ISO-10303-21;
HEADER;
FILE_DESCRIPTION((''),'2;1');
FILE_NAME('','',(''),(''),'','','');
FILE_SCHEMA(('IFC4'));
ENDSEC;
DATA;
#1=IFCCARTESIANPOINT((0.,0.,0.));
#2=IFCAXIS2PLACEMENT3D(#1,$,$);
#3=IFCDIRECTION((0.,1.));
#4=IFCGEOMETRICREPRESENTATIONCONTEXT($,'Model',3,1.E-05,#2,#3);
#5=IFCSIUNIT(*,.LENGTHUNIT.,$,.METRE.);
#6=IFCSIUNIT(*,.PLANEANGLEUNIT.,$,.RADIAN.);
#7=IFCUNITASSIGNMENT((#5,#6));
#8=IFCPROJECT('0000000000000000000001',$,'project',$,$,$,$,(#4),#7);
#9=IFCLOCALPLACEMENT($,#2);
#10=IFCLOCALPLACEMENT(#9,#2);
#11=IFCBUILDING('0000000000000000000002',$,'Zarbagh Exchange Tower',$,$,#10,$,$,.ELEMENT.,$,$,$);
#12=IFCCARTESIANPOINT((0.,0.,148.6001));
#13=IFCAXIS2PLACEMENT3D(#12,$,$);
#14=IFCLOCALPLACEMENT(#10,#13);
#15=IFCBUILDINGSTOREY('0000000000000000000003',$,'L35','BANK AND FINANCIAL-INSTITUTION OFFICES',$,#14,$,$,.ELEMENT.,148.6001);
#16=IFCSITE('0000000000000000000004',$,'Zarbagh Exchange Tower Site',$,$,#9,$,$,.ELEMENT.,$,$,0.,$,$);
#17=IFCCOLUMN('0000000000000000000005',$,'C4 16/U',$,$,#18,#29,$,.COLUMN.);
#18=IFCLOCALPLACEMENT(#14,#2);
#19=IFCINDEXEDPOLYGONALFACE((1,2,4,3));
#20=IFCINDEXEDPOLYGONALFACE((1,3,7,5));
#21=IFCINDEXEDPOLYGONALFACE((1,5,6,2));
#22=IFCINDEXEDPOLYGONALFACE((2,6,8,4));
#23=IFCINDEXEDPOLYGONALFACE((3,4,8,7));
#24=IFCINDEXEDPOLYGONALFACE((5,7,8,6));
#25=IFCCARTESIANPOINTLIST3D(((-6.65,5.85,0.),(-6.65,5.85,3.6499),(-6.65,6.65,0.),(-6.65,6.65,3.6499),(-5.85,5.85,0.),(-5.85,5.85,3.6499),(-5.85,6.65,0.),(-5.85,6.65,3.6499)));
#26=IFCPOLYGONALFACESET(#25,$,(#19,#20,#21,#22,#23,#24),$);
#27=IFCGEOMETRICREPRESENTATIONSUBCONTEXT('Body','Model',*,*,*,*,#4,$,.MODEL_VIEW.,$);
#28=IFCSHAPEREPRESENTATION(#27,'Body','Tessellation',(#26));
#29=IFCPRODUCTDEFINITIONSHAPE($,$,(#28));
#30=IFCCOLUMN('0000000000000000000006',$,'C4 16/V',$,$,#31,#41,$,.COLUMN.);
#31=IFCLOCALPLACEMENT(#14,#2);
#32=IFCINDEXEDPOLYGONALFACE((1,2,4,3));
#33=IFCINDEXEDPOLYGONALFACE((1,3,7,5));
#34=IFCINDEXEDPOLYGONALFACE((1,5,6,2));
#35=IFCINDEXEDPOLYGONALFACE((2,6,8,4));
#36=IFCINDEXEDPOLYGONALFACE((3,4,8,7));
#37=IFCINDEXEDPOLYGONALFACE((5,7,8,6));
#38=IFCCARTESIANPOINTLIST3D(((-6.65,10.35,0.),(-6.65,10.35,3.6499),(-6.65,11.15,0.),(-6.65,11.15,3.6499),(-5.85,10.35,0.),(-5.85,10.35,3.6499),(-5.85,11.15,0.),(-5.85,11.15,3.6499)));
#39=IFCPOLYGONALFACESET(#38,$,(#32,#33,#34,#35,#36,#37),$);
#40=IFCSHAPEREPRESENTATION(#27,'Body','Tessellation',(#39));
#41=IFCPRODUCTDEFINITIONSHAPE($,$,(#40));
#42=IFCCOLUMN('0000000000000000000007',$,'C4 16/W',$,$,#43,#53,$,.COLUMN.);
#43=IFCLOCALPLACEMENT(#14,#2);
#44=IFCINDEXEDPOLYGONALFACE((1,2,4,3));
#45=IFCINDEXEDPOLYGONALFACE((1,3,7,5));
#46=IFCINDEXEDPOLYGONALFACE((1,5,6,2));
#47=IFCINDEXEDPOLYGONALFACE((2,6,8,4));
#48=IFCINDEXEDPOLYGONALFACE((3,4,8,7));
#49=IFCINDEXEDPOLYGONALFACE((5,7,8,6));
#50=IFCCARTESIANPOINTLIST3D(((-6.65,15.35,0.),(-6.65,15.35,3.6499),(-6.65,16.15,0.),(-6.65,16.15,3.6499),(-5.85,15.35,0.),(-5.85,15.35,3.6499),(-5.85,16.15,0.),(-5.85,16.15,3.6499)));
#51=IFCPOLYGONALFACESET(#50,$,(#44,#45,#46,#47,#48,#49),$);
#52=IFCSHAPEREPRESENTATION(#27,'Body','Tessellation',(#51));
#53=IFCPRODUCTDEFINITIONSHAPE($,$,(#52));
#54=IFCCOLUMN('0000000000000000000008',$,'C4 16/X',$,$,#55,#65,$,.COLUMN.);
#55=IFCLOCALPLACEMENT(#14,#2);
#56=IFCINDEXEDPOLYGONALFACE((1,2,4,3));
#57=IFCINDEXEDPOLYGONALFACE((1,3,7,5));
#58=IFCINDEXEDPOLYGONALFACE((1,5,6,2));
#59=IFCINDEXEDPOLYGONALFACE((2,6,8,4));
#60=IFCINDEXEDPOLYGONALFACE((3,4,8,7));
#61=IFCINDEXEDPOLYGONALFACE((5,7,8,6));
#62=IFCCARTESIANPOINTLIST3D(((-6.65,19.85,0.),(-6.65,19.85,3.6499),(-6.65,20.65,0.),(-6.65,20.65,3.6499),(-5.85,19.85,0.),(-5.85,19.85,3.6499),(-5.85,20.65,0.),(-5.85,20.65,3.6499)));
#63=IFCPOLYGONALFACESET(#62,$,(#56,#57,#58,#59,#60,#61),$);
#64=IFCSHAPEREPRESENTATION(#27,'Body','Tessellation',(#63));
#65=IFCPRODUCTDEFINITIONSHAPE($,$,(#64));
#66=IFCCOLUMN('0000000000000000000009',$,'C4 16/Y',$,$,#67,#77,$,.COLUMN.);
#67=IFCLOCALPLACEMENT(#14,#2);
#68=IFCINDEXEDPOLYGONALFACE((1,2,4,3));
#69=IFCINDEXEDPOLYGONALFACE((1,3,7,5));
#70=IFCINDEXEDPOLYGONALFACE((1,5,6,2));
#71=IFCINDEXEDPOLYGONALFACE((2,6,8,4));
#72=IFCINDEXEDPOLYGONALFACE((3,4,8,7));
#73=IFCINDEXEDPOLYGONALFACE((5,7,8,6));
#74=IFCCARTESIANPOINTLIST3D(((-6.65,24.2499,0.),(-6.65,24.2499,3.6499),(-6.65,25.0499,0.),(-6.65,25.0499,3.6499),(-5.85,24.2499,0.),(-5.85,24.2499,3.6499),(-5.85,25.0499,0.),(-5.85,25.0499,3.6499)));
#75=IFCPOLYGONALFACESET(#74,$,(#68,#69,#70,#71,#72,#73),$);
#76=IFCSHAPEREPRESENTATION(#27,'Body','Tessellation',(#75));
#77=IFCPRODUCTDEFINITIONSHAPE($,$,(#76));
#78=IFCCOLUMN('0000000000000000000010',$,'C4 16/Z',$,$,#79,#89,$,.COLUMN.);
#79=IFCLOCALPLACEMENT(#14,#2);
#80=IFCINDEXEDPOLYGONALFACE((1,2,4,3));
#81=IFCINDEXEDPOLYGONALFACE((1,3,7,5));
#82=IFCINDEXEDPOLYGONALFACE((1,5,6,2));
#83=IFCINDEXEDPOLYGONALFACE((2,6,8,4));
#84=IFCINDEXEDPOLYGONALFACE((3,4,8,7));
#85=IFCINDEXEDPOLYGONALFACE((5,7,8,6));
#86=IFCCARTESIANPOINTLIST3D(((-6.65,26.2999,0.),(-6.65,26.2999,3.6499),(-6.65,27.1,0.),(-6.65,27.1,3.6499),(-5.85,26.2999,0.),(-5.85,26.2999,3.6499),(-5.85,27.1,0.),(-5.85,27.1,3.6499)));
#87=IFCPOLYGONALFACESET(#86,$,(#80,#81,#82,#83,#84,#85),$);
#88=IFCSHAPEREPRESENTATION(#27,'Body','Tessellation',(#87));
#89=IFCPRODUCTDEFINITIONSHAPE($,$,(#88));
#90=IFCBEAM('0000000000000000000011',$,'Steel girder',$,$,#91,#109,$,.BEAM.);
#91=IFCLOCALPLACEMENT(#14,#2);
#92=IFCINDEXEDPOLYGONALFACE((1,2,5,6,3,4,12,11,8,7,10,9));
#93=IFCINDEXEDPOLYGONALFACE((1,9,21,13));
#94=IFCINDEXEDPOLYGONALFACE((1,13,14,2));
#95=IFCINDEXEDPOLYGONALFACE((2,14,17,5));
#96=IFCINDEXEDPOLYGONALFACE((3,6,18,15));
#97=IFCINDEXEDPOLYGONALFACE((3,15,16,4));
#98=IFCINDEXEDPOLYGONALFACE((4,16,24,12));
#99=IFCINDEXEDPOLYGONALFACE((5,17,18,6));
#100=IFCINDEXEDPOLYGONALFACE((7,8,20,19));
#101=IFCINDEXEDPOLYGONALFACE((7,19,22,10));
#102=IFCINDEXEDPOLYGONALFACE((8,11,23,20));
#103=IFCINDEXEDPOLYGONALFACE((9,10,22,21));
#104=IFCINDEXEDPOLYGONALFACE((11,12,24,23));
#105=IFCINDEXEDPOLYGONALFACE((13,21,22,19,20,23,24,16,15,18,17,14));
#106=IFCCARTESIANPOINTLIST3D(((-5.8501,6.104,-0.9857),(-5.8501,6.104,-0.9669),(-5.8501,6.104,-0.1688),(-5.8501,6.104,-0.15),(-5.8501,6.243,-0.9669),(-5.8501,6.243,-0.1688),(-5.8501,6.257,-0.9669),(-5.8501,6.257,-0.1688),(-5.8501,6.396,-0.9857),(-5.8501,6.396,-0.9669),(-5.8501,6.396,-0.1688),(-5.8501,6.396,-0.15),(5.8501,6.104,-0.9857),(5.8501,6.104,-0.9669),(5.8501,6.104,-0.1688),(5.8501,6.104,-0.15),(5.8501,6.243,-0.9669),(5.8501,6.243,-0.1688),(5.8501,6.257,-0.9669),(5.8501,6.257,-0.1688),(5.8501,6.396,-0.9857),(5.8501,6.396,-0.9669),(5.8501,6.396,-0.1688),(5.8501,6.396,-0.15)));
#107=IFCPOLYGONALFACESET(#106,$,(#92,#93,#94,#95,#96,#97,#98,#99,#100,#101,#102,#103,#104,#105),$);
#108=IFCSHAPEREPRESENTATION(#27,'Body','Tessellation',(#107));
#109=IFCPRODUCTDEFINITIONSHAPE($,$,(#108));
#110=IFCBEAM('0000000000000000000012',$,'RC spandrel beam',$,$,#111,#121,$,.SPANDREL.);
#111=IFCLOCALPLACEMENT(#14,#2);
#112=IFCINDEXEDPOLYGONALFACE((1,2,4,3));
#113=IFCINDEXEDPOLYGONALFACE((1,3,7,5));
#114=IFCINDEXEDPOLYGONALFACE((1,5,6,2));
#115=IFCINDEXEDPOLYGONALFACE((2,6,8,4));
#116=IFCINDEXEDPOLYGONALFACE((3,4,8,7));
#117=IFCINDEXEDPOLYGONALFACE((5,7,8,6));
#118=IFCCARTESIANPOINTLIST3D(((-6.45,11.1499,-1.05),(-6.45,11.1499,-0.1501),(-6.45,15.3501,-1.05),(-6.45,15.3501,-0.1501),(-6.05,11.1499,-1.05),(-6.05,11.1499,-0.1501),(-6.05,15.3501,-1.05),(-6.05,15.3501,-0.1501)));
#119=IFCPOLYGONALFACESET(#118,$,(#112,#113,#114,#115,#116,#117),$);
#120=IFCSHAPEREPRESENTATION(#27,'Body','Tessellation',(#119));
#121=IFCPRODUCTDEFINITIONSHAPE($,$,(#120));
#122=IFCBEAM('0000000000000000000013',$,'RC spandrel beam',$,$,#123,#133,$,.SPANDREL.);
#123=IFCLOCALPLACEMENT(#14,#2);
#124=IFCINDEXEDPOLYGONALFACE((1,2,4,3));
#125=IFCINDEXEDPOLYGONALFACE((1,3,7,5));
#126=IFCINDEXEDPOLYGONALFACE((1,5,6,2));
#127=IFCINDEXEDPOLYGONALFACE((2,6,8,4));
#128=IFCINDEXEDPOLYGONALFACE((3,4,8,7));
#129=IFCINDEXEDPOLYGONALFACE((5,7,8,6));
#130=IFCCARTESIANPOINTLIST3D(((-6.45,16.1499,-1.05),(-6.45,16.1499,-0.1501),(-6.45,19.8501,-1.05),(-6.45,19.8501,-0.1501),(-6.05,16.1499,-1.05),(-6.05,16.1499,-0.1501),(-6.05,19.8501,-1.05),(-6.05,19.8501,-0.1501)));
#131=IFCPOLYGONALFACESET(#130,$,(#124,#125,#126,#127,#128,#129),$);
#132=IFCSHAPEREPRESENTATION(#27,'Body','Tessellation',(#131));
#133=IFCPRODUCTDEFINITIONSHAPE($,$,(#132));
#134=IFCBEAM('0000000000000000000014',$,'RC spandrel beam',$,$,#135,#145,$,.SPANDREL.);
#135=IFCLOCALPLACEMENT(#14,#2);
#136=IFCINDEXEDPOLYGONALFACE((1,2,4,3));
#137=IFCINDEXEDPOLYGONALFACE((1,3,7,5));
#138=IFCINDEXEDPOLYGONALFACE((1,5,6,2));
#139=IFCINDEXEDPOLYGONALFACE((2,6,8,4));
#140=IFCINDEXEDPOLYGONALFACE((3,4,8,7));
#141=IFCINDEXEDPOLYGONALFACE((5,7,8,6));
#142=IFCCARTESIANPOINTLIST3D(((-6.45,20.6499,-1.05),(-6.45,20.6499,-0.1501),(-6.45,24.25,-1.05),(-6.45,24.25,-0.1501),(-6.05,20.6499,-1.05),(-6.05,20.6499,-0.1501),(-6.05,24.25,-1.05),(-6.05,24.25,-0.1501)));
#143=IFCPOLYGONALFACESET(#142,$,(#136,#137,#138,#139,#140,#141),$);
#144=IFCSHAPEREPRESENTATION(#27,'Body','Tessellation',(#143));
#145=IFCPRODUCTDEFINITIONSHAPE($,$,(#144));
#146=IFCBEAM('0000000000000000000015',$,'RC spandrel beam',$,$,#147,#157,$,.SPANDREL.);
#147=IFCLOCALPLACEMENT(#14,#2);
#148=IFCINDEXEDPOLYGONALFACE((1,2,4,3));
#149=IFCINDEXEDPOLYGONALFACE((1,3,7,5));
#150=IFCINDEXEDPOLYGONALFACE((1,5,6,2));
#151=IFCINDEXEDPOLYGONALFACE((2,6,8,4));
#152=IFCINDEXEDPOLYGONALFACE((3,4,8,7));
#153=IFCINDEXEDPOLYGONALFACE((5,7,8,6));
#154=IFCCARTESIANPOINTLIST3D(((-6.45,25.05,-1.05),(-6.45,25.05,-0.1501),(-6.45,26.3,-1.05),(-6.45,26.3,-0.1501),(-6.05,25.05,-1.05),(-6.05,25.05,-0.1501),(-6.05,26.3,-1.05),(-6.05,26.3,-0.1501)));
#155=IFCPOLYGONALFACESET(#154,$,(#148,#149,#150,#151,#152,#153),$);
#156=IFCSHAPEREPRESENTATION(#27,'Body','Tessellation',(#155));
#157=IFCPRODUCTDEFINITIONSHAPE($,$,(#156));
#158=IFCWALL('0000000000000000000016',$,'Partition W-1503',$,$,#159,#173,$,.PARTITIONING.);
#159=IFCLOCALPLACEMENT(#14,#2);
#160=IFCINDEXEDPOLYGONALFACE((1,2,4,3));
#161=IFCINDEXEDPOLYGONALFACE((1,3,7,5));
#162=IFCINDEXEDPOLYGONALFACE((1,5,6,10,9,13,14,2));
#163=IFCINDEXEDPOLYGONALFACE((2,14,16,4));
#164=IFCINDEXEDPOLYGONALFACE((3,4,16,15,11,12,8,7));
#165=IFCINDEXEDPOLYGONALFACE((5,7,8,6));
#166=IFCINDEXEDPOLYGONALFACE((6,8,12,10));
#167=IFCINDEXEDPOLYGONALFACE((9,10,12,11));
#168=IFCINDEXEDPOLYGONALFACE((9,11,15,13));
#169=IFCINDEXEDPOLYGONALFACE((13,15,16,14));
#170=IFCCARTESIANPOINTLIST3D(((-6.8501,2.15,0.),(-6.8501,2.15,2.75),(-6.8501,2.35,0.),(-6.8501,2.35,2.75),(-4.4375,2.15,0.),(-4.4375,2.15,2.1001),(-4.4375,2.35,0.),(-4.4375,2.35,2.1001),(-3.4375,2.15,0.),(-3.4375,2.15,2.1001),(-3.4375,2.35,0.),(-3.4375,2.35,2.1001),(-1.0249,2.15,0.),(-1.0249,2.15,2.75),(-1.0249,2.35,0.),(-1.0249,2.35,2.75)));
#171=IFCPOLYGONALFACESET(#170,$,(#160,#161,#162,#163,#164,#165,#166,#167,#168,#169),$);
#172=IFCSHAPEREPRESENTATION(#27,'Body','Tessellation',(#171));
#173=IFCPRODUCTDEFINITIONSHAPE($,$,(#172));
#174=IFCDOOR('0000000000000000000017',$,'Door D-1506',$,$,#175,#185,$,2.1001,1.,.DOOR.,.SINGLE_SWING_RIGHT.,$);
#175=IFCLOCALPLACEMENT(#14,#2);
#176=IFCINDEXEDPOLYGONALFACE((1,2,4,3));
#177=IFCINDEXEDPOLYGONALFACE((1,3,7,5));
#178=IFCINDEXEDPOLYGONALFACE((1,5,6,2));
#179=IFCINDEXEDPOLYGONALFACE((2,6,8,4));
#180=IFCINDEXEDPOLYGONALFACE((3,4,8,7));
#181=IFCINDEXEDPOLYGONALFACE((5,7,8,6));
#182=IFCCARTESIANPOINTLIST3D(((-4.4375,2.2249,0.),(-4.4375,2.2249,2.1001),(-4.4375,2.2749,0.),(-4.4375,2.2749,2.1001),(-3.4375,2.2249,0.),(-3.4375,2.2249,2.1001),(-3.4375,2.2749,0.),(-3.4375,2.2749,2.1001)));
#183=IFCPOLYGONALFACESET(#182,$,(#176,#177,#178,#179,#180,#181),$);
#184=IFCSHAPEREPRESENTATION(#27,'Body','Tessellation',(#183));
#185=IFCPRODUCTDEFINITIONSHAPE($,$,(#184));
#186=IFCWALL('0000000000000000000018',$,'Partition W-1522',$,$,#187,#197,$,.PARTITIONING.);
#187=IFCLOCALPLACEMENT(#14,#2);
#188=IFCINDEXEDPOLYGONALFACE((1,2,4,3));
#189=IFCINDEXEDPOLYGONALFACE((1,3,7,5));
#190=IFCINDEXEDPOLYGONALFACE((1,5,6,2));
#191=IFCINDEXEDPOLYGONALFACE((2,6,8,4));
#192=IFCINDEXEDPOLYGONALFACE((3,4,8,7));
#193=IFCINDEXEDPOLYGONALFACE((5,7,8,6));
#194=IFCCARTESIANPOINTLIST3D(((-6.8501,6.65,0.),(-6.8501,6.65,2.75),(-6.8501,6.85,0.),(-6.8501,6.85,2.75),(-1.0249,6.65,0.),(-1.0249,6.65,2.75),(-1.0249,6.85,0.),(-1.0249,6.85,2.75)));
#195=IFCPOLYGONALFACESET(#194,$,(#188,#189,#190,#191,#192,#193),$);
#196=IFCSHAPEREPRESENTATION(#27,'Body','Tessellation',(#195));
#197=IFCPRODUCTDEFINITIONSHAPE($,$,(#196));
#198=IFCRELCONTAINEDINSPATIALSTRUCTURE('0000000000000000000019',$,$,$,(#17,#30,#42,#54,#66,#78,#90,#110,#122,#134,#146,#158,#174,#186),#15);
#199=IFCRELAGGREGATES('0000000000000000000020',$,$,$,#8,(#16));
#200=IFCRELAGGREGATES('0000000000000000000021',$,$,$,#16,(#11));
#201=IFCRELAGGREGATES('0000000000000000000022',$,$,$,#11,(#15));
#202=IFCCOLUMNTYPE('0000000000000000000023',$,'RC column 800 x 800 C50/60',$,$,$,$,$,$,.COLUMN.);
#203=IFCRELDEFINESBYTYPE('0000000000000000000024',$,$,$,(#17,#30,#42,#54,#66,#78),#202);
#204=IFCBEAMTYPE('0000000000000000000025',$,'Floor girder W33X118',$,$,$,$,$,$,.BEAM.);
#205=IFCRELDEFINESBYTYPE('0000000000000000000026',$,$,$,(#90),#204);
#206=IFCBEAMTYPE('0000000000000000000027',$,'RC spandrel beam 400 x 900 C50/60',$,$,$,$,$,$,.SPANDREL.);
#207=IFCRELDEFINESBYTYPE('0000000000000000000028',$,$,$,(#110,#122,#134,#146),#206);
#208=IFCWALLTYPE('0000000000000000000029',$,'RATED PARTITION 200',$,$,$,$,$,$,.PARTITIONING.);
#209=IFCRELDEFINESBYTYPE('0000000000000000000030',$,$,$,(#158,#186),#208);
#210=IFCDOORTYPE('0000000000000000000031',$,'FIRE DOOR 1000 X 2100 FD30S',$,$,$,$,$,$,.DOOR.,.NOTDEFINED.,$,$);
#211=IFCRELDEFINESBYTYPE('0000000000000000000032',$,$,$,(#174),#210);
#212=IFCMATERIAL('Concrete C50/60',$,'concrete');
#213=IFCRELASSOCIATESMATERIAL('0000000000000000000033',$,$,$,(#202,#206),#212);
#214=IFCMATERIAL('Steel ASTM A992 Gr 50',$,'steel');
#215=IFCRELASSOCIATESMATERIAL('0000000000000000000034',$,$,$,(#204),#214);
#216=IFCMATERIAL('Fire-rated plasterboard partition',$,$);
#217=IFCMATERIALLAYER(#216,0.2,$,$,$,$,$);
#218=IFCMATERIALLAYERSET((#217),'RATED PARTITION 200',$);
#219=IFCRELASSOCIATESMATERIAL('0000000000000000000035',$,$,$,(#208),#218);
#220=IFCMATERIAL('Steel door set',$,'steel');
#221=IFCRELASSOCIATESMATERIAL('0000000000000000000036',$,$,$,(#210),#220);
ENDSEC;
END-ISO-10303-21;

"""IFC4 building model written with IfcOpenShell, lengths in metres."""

from ifc_helpers import new_model, si_unit, direction, frame, frame_2d, origin, origin_2d, place, context, subcontext, project, spatial, rectangle, i_section, extrude, material, layer, layer_set, material_profile, profile_set, type_object, element, fill, save


model = new_model("IFC4")

# Units and contexts
model_context = context("Model", 3, precision=1e-05, world=origin(), true_north=direction((0.0, 1.0)))
body_context = subcontext(model_context, "Body", "Model", "MODEL_VIEW")
ifc_project = project(units=[si_unit("LENGTHUNIT", "METRE"), si_unit("PLANEANGLEUNIT", "RADIAN")], contexts=[model_context])

# Site, building, storey
site_placement = place(None, origin())
site = spatial("IfcSite", under=ifc_project, at=site_placement, Name="Zarbagh Exchange Tower Site", CompositionType="ELEMENT", RefElevation=0.0)
building_placement = place(site_placement, origin())
building = spatial("IfcBuilding", under=site, at=building_placement, Name="Zarbagh Exchange Tower", CompositionType="ELEMENT")
storey_placement = place(building_placement, frame((0.0, 0.0, 148.6001)))
storey = spatial("IfcBuildingStorey", under=building, at=storey_placement, Name="L35", Description="BANK AND FINANCIAL-INSTITUTION OFFICES", CompositionType="ELEMENT", Elevation=148.6001)

# Columns
ifc_material_1 = material(Name="Concrete C50/60", Category="concrete")
ifc_material_profile_1 = material_profile(ifc_material_1, rectangle(XDim=0.8, YDim=0.8, at=origin_2d()), Name="RC column 800 x 800 C50/60")
ifc_profile_set_1 = profile_set([ifc_material_profile_1], Name="Concrete C50/60")
column_type = type_object("IfcColumnType", Name="RC column 800 x 800 C50/60", PredefinedType="COLUMN", material=ifc_profile_set_1)
for number, where, z_axis, x_axis, name in (
    (1, (-6.25, 6.25, 0.0), (0.0, 0.0, 1.0), (1.0, 0.0, 0.0), "C4 16/U"),
    (2, (-6.25, 10.75, 0.0), (0.0, 0.0, 1.0), (1.0, 0.0, 0.0), "C4 16/V"),
    (3, (-6.25, 15.75, 0.0), (0.0, 0.0, 1.0), (1.0, 0.0, 0.0), "C4 16/W"),
    (4, (-6.25, 20.25, 0.0), (0.0, 0.0, 1.0), (1.0, 0.0, 0.0), "C4 16/X"),
    (5, (-6.25, 24.6499, 0.0), (0.0, 0.0, 1.0), (1.0, 0.0, 0.0), "C4 16/Y"),
    (6, (-6.25, 26.7, 0.0), (0.0, 0.0, 1.0), (1.0, 0.0, 0.0), "C4 16/Z"),
):
    element("IfcColumn", number, at=place(storey_placement, frame(where, z_axis=z_axis, x_axis=x_axis)), inside=storey, type_object=column_type, Name=name, PredefinedType="COLUMN", context=body_context, shape_type="SweptSolid", body=[
        extrude(rectangle(XDim=0.8, YDim=0.8, at=origin_2d()), origin(), (0.0, 0.0, 1.0), 3.6499),
    ])

# Beams
ifc_material_2 = material(Name="Steel ASTM A992 Gr 50", Category="steel")
ifc_material_profile_2 = material_profile(ifc_material_2, i_section(OverallWidth=0.292, OverallDepth=0.8357, WebThickness=0.0139, FlangeThickness=0.0188, at=origin_2d()), Name="W33X118")
ifc_profile_set_2 = profile_set([ifc_material_profile_2], Name="Steel ASTM A992 Gr 50")
beam_type_1 = type_object("IfcBeamType", Name="Floor girder W33X118", PredefinedType="BEAM", material=ifc_profile_set_2)
beam_1_placement = place(storey_placement, frame((-5.8501, 6.25, -0.5679), z_axis=(1.0, 0.0, 0.0), x_axis=(0.0, 1.0, 0.0)))
element("IfcBeam", 7, at=beam_1_placement, inside=storey, type_object=beam_type_1, Name="Steel girder", PredefinedType="BEAM", context=body_context, shape_type="SweptSolid", body=[
    extrude(i_section(OverallWidth=0.292, OverallDepth=0.8357, WebThickness=0.0139, FlangeThickness=0.0188, at=origin_2d()), origin(), (0.0, 0.0, 1.0), 11.7002),
])
ifc_material_profile_3 = material_profile(ifc_material_1, rectangle(XDim=0.3999, YDim=0.8999, at=origin_2d()), Name="RC spandrel beam 400 x 900 C50/60")
ifc_profile_set_3 = profile_set([ifc_material_profile_3], Name="Concrete C50/60")
beam_type_2 = type_object("IfcBeamType", Name="RC spandrel beam 400 x 900 C50/60", PredefinedType="SPANDREL", material=ifc_profile_set_3)
beam_2_placement = place(storey_placement, frame((-6.25, 11.1499, -0.6001), z_axis=(0.0, 1.0, 0.0), x_axis=(-1.0, 0.0, 0.0)))
element("IfcBeam", 8, at=beam_2_placement, inside=storey, type_object=beam_type_2, Name="RC spandrel beam", PredefinedType="SPANDREL", context=body_context, shape_type="SweptSolid", body=[
    extrude(rectangle(XDim=0.3999, YDim=0.8999, at=origin_2d()), origin(), (0.0, 0.0, 1.0), 4.2002),
])
beam_3_placement = place(storey_placement, frame((-6.25, 16.1499, -0.6001), z_axis=(0.0, 1.0, 0.0), x_axis=(-1.0, 0.0, 0.0)))
element("IfcBeam", 9, at=beam_3_placement, inside=storey, type_object=beam_type_2, Name="RC spandrel beam", PredefinedType="SPANDREL", context=body_context, shape_type="SweptSolid", body=[
    extrude(rectangle(XDim=0.3999, YDim=0.8999, at=origin_2d()), origin(), (0.0, 0.0, 1.0), 3.7002),
])
beam_4_placement = place(storey_placement, frame((-6.25, 20.6499, -0.6001), z_axis=(0.0, 1.0, 0.0), x_axis=(-1.0, 0.0, 0.0)))
element("IfcBeam", 10, at=beam_4_placement, inside=storey, type_object=beam_type_2, Name="RC spandrel beam", PredefinedType="SPANDREL", context=body_context, shape_type="SweptSolid", body=[
    extrude(rectangle(XDim=0.3999, YDim=0.8999, at=origin_2d()), origin(), (0.0, 0.0, 1.0), 3.6001),
])
beam_5_placement = place(storey_placement, frame((-6.25, 25.05, -0.6001), z_axis=(0.0, 1.0, 0.0), x_axis=(-1.0, 0.0, 0.0)))
element("IfcBeam", 11, at=beam_5_placement, inside=storey, type_object=beam_type_2, Name="RC spandrel beam", PredefinedType="SPANDREL", context=body_context, shape_type="SweptSolid", body=[
    extrude(rectangle(XDim=0.3999, YDim=0.8999, at=origin_2d()), origin(), (0.0, 0.0, 1.0), 1.25),
])

# Wall, opening, door
ifc_material_3 = material(Name="Fire-rated plasterboard partition")
ifc_layer_1 = layer(ifc_material_3, 0.2)
ifc_layer_set_1 = layer_set([ifc_layer_1], Name="RATED PARTITION 200")
wall_type_1 = type_object("IfcWallType", Name="RATED PARTITION 200", PredefinedType="PARTITIONING", material=ifc_layer_set_1)
wall_1_placement = place(storey_placement, frame((-6.8501, 2.25, 0.0), z_axis=(0.0, 0.0, 1.0), x_axis=(1.0, 0.0, 0.0)))
wall_1 = element("IfcWall", 12, at=wall_1_placement, inside=storey, type_object=wall_type_1, Name="Partition W-1503", PredefinedType="PARTITIONING", context=body_context, shape_type="SweptSolid", body=[
    extrude(rectangle(XDim=5.8252, YDim=0.2, at=frame_2d((2.9126, 0.0))), origin(), (0.0, 0.0, 1.0), 2.75),
])
opening_1_placement = place(wall_1_placement, frame((2.4126, 0.0, 0.0)))
opening_1 = element("IfcOpeningElement", 13, at=opening_1_placement, cuts=wall_1, PredefinedType="OPENING", context=body_context, shape_type="SweptSolid", body=[
    extrude(rectangle(XDim=1.0, YDim=2.1001, at=frame_2d((0.5, 1.05))), frame((0.0, 0.1099, 0.0), z_axis=(0.0, -1.0, 0.0), x_axis=(1.0, 0.0, 0.0)), (0.0, 0.0, 1.0), 0.22),
])
ifc_material_4 = material(Name="Steel door set", Category="steel")
door_type_1 = type_object("IfcDoorType", Name="FIRE DOOR 1000 X 2100 FD30S", OperationType="NOTDEFINED", PredefinedType="DOOR", material=ifc_material_4)
door_1_placement = place(opening_1_placement, origin())
door_1 = element("IfcDoor", 14, at=door_1_placement, inside=storey, type_object=door_type_1, Name="Door D-1506", OperationType="SINGLE_SWING_RIGHT", OverallHeight=2.1001, OverallWidth=1.0, PredefinedType="DOOR", context=body_context, shape_type="SweptSolid", body=[
    extrude(rectangle(XDim=1.0, YDim=2.1001, at=frame_2d((0.5, 1.05))), frame((0.0, 0.0249, 0.0), z_axis=(0.0, -1.0, 0.0), x_axis=(1.0, 0.0, 0.0)), (0.0, 0.0, 1.0), 0.05),
])
fill(opening_1, door_1)

# Wall
wall_2_placement = place(storey_placement, frame((-6.8501, 6.75, 0.0), z_axis=(0.0, 0.0, 1.0), x_axis=(1.0, 0.0, 0.0)))
element("IfcWall", 15, at=wall_2_placement, inside=storey, type_object=wall_type_1, Name="Partition W-1522", PredefinedType="PARTITIONING", context=body_context, shape_type="SweptSolid", body=[
    extrude(rectangle(XDim=5.8252, YDim=0.2, at=frame_2d((2.9126, 0.0))), origin(), (0.0, 0.0, 1.0), 2.75),
])

save(model, "model.ifc")
